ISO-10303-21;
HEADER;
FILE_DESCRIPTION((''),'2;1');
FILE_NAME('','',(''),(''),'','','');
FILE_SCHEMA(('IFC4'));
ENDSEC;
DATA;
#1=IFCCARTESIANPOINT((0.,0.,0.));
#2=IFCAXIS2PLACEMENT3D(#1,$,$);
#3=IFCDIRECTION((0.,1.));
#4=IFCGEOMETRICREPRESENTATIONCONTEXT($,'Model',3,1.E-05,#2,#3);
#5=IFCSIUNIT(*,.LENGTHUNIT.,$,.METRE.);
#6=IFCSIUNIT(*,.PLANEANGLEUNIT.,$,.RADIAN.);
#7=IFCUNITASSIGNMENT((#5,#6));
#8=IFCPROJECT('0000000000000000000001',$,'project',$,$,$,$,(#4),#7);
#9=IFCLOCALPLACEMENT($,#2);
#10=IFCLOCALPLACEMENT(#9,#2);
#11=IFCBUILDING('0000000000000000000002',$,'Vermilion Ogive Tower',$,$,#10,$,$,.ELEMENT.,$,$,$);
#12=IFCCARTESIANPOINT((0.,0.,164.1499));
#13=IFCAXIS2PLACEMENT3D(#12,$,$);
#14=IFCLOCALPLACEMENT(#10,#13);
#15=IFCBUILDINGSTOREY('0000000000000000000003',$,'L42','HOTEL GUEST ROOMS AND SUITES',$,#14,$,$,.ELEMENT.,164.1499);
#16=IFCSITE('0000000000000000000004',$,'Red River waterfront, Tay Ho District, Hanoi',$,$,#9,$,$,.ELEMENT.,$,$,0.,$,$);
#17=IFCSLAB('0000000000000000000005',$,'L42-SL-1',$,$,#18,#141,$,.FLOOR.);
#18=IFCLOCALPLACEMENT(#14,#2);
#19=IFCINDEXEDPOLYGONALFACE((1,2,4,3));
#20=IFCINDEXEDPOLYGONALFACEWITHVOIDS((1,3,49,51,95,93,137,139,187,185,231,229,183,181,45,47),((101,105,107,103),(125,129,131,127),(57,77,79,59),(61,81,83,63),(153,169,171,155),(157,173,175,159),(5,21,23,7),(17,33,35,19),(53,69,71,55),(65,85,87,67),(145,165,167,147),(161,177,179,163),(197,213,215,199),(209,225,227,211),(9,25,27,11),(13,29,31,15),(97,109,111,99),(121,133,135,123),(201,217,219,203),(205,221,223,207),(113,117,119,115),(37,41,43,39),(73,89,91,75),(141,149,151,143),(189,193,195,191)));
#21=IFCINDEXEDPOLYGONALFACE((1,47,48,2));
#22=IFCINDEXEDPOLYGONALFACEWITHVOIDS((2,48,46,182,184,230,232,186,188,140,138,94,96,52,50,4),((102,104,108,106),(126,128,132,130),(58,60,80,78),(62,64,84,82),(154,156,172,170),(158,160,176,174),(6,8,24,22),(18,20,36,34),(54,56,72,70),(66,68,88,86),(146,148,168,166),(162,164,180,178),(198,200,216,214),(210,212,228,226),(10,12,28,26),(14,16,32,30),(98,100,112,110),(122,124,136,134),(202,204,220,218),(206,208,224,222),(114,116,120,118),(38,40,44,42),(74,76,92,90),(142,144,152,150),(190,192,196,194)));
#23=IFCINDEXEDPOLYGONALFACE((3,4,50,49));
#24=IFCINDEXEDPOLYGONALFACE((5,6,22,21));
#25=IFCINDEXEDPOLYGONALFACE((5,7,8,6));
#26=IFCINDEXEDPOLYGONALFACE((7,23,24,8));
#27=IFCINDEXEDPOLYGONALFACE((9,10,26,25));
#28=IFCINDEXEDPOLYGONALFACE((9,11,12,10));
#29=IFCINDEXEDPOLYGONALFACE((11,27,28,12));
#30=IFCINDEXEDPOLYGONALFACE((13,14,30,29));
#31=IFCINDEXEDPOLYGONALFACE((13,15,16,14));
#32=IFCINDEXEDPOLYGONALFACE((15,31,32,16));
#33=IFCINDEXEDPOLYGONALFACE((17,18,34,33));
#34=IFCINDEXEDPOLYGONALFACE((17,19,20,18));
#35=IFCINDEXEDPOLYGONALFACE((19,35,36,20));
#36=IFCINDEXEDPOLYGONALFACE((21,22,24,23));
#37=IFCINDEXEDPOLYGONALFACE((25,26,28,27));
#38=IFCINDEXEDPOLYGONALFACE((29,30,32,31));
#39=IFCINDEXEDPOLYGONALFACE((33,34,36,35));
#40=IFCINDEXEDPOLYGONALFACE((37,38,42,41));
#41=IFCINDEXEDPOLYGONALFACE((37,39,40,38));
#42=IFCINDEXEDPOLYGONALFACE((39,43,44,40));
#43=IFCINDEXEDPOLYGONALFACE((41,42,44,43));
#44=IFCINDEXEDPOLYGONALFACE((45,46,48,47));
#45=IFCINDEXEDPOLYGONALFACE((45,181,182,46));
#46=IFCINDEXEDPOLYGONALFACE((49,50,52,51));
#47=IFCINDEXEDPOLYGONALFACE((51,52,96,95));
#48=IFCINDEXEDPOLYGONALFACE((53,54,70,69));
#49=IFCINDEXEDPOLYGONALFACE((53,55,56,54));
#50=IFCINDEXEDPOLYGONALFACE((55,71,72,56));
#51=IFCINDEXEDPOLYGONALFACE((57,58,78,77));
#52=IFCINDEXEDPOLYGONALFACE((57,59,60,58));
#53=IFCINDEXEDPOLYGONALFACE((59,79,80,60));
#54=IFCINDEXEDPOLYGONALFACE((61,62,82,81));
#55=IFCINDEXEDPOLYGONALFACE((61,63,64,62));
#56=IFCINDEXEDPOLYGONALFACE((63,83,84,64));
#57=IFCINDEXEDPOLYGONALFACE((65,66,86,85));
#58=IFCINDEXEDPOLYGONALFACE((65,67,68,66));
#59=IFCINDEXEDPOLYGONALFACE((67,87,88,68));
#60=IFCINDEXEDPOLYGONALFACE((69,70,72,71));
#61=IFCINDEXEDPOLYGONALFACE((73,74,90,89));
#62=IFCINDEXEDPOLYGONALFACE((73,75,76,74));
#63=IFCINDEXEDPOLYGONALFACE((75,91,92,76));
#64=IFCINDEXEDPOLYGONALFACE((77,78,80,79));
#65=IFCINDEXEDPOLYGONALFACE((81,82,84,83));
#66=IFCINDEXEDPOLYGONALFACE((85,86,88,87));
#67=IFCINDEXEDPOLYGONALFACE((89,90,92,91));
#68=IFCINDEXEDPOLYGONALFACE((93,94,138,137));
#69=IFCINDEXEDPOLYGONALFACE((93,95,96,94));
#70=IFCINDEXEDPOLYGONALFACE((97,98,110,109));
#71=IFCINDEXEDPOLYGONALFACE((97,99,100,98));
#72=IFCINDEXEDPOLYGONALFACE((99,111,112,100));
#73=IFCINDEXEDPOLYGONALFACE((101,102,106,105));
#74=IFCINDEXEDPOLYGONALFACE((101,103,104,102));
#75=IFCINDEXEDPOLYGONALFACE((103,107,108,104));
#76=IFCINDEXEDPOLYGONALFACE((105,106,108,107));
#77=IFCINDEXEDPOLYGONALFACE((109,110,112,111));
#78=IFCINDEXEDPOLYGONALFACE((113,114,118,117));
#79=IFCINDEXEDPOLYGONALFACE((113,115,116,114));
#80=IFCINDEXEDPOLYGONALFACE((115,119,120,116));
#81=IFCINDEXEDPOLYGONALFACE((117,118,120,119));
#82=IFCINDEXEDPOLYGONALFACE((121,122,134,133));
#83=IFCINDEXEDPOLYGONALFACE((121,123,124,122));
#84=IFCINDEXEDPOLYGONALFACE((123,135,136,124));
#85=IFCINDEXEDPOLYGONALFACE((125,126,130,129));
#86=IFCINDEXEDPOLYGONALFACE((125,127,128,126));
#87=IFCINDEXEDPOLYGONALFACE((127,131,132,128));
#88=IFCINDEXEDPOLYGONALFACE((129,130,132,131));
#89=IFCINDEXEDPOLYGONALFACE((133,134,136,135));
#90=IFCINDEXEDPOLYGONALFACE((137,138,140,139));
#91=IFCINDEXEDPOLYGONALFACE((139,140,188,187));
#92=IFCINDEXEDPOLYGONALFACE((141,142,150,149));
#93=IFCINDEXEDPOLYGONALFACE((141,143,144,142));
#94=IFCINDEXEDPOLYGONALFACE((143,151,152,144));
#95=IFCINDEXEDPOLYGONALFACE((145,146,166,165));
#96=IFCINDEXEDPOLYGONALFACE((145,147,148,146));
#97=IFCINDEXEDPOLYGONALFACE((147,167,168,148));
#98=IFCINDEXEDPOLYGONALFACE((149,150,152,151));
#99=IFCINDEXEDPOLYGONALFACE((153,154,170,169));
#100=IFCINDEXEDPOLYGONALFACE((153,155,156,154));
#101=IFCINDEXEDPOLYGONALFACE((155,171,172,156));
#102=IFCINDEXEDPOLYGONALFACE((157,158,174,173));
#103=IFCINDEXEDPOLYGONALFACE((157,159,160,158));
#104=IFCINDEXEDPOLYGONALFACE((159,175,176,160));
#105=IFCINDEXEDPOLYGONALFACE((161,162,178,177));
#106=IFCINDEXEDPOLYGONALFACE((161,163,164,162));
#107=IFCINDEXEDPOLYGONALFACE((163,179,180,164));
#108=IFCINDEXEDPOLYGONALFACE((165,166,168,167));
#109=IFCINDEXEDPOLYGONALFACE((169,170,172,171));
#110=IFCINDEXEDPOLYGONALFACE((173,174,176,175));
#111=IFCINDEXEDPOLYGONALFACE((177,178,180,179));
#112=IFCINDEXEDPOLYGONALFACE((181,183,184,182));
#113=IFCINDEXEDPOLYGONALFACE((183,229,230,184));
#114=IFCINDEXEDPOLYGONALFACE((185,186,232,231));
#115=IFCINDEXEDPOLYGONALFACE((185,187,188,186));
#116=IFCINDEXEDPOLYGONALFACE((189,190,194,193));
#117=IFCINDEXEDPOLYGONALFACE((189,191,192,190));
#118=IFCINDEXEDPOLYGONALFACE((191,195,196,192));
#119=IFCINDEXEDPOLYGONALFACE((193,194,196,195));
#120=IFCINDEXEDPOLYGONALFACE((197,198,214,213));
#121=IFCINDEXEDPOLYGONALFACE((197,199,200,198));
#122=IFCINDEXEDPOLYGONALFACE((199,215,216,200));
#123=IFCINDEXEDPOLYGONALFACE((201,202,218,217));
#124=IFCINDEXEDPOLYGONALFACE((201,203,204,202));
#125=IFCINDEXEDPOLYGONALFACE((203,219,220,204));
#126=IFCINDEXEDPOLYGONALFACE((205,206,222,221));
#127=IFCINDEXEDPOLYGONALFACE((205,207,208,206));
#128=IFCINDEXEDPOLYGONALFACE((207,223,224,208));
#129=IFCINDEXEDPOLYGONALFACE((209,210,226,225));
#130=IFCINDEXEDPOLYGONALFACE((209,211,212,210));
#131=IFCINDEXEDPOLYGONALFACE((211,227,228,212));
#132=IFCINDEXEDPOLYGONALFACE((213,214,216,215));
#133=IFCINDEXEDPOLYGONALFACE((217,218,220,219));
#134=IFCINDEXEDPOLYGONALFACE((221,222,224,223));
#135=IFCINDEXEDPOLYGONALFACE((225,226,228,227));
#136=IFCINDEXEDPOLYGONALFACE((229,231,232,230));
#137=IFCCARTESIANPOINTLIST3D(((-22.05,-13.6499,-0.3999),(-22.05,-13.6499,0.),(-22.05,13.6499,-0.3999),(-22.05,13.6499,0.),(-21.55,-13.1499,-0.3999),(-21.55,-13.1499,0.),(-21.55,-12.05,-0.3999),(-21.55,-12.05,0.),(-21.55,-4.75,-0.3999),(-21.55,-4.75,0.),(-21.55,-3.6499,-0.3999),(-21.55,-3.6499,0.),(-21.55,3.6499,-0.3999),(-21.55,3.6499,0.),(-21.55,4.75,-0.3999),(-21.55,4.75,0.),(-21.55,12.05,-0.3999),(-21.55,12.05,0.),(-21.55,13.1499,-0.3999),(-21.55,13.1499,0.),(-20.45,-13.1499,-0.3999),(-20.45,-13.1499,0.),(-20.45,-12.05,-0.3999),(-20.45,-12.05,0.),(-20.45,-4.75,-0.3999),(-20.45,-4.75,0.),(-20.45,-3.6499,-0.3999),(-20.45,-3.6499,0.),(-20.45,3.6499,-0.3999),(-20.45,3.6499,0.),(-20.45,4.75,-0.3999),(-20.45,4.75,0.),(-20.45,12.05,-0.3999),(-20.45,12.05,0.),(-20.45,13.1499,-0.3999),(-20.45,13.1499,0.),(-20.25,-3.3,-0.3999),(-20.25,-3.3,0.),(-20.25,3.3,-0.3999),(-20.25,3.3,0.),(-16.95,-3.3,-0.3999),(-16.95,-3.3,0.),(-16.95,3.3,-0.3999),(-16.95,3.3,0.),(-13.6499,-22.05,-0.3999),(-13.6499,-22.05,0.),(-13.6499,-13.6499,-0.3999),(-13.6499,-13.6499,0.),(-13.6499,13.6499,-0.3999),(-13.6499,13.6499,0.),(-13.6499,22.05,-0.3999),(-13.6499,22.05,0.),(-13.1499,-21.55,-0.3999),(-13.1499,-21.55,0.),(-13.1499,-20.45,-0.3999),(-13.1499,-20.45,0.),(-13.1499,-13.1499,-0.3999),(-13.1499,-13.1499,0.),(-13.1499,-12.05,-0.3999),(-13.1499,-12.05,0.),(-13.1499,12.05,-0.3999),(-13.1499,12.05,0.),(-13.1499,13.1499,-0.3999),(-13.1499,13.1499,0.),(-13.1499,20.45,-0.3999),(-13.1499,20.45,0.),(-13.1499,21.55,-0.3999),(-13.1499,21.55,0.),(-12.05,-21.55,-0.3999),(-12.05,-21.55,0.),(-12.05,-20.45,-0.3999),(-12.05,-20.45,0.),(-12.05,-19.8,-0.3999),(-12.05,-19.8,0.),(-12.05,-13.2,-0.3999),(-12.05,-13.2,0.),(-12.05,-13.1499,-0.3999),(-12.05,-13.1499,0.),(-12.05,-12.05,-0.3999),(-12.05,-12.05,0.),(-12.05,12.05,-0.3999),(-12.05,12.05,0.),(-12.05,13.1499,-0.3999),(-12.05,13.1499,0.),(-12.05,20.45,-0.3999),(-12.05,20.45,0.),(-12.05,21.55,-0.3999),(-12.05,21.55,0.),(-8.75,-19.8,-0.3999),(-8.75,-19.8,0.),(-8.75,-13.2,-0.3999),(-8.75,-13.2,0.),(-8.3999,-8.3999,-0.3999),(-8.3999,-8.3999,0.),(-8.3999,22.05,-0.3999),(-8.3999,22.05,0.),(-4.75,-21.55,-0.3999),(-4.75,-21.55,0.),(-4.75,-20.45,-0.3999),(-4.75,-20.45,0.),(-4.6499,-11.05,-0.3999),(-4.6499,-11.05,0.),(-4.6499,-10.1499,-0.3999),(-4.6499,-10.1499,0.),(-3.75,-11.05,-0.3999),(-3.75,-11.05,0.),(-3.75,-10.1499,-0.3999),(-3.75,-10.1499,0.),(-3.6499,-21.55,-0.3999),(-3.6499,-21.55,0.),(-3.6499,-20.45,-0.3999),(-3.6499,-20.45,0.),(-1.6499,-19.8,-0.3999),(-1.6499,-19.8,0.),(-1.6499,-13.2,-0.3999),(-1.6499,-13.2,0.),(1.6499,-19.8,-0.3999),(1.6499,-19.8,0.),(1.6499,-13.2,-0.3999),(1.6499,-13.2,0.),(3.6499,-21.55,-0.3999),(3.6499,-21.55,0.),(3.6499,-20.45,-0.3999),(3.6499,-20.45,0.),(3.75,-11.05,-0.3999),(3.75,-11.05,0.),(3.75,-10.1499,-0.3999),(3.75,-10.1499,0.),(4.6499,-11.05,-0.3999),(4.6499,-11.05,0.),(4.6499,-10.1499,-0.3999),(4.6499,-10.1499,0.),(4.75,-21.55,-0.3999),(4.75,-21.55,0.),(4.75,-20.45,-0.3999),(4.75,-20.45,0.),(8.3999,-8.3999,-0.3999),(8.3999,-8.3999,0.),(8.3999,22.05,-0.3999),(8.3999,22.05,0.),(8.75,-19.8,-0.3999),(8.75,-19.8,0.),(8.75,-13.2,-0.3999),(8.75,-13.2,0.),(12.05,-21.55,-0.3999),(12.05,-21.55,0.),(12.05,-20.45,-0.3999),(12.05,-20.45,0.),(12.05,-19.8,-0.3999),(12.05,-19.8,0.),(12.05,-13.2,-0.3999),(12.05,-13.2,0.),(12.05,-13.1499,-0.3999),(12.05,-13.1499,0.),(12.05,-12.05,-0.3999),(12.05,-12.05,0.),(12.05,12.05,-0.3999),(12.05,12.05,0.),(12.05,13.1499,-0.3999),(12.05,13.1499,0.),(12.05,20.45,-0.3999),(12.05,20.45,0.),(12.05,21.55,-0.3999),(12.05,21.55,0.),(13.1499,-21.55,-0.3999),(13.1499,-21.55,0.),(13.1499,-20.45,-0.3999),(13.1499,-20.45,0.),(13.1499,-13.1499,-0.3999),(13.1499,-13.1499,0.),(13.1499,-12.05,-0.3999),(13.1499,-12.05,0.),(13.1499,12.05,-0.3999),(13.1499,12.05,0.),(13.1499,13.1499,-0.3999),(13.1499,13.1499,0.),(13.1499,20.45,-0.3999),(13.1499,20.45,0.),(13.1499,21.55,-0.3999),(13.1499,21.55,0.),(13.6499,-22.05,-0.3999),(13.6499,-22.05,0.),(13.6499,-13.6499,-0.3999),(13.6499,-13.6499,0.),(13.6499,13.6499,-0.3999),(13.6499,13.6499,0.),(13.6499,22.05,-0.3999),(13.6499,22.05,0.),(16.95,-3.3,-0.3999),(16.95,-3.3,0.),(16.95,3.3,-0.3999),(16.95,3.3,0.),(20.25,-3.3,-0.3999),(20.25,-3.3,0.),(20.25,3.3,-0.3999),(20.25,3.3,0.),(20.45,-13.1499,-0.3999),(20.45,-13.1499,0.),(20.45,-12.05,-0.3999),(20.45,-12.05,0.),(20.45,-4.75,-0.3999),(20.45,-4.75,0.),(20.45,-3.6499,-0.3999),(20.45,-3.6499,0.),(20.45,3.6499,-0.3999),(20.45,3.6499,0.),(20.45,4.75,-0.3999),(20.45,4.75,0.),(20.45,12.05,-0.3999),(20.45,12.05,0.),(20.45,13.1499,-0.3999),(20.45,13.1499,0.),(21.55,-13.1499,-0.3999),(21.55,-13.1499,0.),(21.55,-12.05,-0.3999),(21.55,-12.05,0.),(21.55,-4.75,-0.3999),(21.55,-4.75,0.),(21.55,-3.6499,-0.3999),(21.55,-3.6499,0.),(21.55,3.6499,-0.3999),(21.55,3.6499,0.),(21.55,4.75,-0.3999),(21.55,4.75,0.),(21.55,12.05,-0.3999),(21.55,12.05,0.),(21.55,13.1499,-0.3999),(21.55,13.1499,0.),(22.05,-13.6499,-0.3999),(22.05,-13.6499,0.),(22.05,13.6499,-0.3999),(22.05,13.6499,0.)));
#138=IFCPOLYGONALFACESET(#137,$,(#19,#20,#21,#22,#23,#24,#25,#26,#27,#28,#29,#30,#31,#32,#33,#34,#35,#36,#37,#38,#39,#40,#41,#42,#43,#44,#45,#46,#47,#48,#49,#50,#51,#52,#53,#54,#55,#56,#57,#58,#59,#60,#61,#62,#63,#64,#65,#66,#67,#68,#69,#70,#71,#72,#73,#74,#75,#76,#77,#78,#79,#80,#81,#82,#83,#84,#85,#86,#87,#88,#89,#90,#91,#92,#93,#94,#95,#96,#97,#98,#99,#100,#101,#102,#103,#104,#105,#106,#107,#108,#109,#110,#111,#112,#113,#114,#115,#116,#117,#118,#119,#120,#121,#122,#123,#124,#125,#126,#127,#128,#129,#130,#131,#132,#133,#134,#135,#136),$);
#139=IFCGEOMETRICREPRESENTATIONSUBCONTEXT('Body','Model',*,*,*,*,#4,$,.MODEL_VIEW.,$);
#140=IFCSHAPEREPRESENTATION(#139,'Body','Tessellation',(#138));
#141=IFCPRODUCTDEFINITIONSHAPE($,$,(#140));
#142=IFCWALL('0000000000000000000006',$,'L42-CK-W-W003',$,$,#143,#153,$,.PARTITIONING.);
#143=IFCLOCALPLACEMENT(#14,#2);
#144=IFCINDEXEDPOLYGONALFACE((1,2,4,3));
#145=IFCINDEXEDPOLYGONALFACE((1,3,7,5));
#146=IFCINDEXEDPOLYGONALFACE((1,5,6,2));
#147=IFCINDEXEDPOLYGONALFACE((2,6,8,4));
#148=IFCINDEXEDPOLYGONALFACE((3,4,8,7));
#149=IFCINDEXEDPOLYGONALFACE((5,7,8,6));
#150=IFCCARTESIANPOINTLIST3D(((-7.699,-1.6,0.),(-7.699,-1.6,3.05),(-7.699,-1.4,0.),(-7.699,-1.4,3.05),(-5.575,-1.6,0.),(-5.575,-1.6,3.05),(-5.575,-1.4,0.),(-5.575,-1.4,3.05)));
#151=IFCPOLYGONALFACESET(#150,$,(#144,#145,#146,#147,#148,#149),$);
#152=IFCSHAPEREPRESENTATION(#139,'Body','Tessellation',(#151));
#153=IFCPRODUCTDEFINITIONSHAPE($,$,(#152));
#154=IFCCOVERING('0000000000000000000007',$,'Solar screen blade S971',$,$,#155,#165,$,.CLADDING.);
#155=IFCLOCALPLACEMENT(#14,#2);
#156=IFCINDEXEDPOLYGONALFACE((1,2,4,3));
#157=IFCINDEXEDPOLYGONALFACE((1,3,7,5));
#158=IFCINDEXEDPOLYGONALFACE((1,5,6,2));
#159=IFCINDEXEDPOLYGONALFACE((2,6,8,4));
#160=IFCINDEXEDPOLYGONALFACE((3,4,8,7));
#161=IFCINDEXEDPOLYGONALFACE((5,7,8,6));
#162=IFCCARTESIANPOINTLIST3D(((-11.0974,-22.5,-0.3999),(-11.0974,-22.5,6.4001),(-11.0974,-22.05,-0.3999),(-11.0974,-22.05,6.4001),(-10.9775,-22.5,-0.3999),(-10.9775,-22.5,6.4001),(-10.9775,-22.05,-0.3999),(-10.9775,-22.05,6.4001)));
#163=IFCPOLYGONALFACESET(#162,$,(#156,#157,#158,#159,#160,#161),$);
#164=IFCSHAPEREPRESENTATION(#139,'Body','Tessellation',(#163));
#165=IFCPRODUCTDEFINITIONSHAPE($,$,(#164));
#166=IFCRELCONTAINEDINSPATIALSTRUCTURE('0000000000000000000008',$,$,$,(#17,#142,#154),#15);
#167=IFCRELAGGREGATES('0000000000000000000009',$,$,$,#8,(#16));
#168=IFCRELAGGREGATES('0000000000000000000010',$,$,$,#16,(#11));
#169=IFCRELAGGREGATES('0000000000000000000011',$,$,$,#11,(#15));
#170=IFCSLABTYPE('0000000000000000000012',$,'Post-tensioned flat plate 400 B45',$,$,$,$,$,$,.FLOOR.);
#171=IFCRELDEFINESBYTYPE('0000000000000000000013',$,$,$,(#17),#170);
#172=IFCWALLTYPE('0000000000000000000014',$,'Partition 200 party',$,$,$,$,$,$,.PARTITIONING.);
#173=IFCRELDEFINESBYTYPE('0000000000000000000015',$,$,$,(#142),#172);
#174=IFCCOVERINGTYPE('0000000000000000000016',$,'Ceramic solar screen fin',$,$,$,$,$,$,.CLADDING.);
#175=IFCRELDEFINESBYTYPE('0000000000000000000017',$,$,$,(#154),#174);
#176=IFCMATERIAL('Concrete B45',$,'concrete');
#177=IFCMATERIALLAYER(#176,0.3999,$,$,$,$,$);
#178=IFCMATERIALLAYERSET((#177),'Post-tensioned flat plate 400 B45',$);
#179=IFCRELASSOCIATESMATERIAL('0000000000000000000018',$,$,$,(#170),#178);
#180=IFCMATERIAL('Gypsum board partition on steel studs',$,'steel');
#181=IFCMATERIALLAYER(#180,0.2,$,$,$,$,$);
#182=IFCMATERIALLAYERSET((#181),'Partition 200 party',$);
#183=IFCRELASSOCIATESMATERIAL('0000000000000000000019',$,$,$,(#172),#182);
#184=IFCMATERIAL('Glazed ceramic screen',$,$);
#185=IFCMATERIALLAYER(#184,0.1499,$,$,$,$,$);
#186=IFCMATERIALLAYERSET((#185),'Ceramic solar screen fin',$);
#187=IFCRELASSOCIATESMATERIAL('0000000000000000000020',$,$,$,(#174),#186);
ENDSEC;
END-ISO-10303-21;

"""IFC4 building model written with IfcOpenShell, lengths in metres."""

from ifc_helpers import new_model, si_unit, direction, frame, frame_2d, origin, place, context, subcontext, project, spatial, polyline, rectangle, outline, extrude, material, layer, layer_set, type_object, element, save


model = new_model("IFC4")

# Units and contexts
model_context = context("Model", 3, precision=1e-05, world=origin(), true_north=direction((0.0, 1.0)))
body_context = subcontext(model_context, "Body", "Model", "MODEL_VIEW")
ifc_project = project(units=[si_unit("LENGTHUNIT", "METRE"), si_unit("PLANEANGLEUNIT", "RADIAN")], contexts=[model_context])

# Site, building, storey
site_placement = place(None, origin())
site = spatial("IfcSite", under=ifc_project, at=site_placement, Name="Red River waterfront, Tay Ho District, Hanoi", CompositionType="ELEMENT", RefElevation=0.0)
building_placement = place(site_placement, origin())
building = spatial("IfcBuilding", under=site, at=building_placement, Name="Vermilion Ogive Tower", CompositionType="ELEMENT")
storey_placement = place(building_placement, frame((0.0, 0.0, 164.1499)))
storey = spatial("IfcBuildingStorey", under=building, at=storey_placement, Name="L42", Description="HOTEL GUEST ROOMS AND SUITES", CompositionType="ELEMENT", Elevation=164.1499)

# Slab
ifc_material_1 = material(Name="Concrete B45", Category="concrete")
ifc_layer_1 = layer(ifc_material_1, 0.3999)
ifc_layer_set_1 = layer_set([ifc_layer_1], Name="Post-tensioned flat plate 400 B45")
slab_type = type_object("IfcSlabType", Name="Post-tensioned flat plate 400 B45", PredefinedType="FLOOR", material=ifc_layer_set_1)
slab_placement = place(storey_placement, frame((0.0, 0.0, -0.3999)))
element("IfcSlab", 1, at=slab_placement, inside=storey, type_object=slab_type, Name="L42-SL-1", PredefinedType="FLOOR", context=body_context, shape_type="SweptSolid", body=[
    extrude(outline(polyline([(-13.6499, -13.6499), (-22.05, -13.6499), (-22.05, 13.6499), (-13.6499, 13.6499), (-13.6499, 22.05), (-8.3999, 22.05), (-8.3999, -8.3999), (8.3999, -8.3999), (8.3999, 22.05), (13.6499, 22.05), (13.6499, 13.6499), (22.05, 13.6499), (22.05, -13.6499), (13.6499, -13.6499), (13.6499, -22.05), (-13.6499, -22.05), (-13.6499, -13.6499)]), holes=[polyline([(21.55, 12.05), (21.55, 13.1499), (20.45, 13.1499), (20.45, 12.05), (21.55, 12.05)]), polyline([(21.55, 3.6499), (21.55, 4.75), (20.45, 4.75), (20.45, 3.6499), (21.55, 3.6499)]), polyline([(21.55, -4.75), (21.55, -3.6499), (20.45, -3.6499), (20.45, -4.75), (21.55, -4.75)]), polyline([(21.55, -13.1499), (21.55, -12.05), (20.45, -12.05), (20.45, -13.1499), (21.55, -13.1499)]), polyline([(20.25, -3.3), (20.25, 3.3), (16.95, 3.3), (16.95, -3.3), (20.25, -3.3)]), polyline([(13.1499, 20.45), (13.1499, 21.55), (12.05, 21.55), (12.05, 20.45), (13.1499, 20.45)]), polyline([(13.1499, 12.05), (13.1499, 13.1499), (12.05, 13.1499), (12.05, 12.05), (13.1499, 12.05)]), polyline([(13.1499, -13.1499), (13.1499, -12.05), (12.05, -12.05), (12.05, -13.1499), (13.1499, -13.1499)]), polyline([(13.1499, -21.55), (13.1499, -20.45), (12.05, -20.45), (12.05, -21.55), (13.1499, -21.55)]), polyline([(12.05, -19.8), (12.05, -13.2), (8.75, -13.2), (8.75, -19.8), (12.05, -19.8)]), polyline([(4.75, -20.45), (3.6499, -20.45), (3.6499, -21.55), (4.75, -21.55), (4.75, -20.45)]), polyline([(4.6499, -11.05), (4.6499, -10.1499), (3.75, -10.1499), (3.75, -11.05), (4.6499, -11.05)]), polyline([(1.6499, -19.8), (1.6499, -13.2), (-1.6499, -13.2), (-1.6499, -19.8), (1.6499, -19.8)]), polyline([(-3.6499, -21.55), (-3.6499, -20.45), (-4.75, -20.45), (-4.75, -21.55), (-3.6499, -21.55)]), polyline([(-3.75, -11.05), (-3.75, -10.1499), (-4.6499, -10.1499), (-4.6499, -11.05), (-3.75, -11.05)]), polyline([(-8.75, -19.8), (-8.75, -13.2), (-12.05, -13.2), (-12.05, -19.8), (-8.75, -19.8)]), polyline([(-12.05, 20.45), (-12.05, 21.55), (-13.1499, 21.55), (-13.1499, 20.45), (-12.05, 20.45)]), polyline([(-12.05, 12.05), (-12.05, 13.1499), (-13.1499, 13.1499), (-13.1499, 12.05), (-12.05, 12.05)]), polyline([(-12.05, -13.1499), (-12.05, -12.05), (-13.1499, -12.05), (-13.1499, -13.1499), (-12.05, -13.1499)]), polyline([(-12.05, -20.45), (-13.1499, -20.45), (-13.1499, -21.55), (-12.05, -21.55), (-12.05, -20.45)]), polyline([(-16.95, -3.3), (-16.95, 3.3), (-20.25, 3.3), (-20.25, -3.3), (-16.95, -3.3)]), polyline([(-20.45, -13.1499), (-20.45, -12.05), (-21.55, -12.05), (-21.55, -13.1499), (-20.45, -13.1499)]), polyline([(-20.45, 12.05), (-20.45, 13.1499), (-21.55, 13.1499), (-21.55, 12.05), (-20.45, 12.05)]), polyline([(-20.45, 3.6499), (-20.45, 4.75), (-21.55, 4.75), (-21.55, 3.6499), (-20.45, 3.6499)]), polyline([(-20.45, -4.75), (-20.45, -3.6499), (-21.55, -3.6499), (-21.55, -4.75), (-20.45, -4.75)])]), origin(), (0.0, 0.0, 1.0), 0.3999),
])

# Wall
ifc_material_2 = material(Name="Gypsum board partition on steel studs", Category="steel")
ifc_layer_2 = layer(ifc_material_2, 0.2)
ifc_layer_set_2 = layer_set([ifc_layer_2], Name="Partition 200 party")
wall_type = type_object("IfcWallType", Name="Partition 200 party", PredefinedType="PARTITIONING", material=ifc_layer_set_2)
wall_placement = place(storey_placement, frame((-7.699, -1.5, 0.0), z_axis=(0.0, 0.0, 1.0), x_axis=(1.0, 0.0, 0.0)))
element("IfcWall", 2, at=wall_placement, inside=storey, type_object=wall_type, Name="L42-CK-W-W003", PredefinedType="PARTITIONING", context=body_context, shape_type="SweptSolid", body=[
    extrude(rectangle(XDim=2.124, YDim=0.2, at=frame_2d((1.062, 0.0))), origin(), (0.0, 0.0, 1.0), 3.05),
])

# Covering
ifc_material_3 = material(Name="Glazed ceramic screen")
ifc_layer_3 = layer(ifc_material_3, 0.1499)
ifc_layer_set_3 = layer_set([ifc_layer_3], Name="Ceramic solar screen fin")
covering_type = type_object("IfcCoveringType", Name="Ceramic solar screen fin", PredefinedType="CLADDING", material=ifc_layer_set_3)
covering_1_placement = place(storey_placement, frame((0.0, 0.0, -0.3999)))
element("IfcCovering", 3, at=covering_1_placement, inside=storey, type_object=covering_type, Name="Solar screen blade S971", PredefinedType="CLADDING", context=body_context, shape_type="SweptSolid", body=[
    extrude(outline(polyline([(-11.0974, -22.5), (-10.9775, -22.5), (-10.9775, -22.05), (-11.0974, -22.05), (-11.0974, -22.5)])), origin(), (0.0, 0.0, 1.0), 6.8),
])

save(model, "model.ifc")
